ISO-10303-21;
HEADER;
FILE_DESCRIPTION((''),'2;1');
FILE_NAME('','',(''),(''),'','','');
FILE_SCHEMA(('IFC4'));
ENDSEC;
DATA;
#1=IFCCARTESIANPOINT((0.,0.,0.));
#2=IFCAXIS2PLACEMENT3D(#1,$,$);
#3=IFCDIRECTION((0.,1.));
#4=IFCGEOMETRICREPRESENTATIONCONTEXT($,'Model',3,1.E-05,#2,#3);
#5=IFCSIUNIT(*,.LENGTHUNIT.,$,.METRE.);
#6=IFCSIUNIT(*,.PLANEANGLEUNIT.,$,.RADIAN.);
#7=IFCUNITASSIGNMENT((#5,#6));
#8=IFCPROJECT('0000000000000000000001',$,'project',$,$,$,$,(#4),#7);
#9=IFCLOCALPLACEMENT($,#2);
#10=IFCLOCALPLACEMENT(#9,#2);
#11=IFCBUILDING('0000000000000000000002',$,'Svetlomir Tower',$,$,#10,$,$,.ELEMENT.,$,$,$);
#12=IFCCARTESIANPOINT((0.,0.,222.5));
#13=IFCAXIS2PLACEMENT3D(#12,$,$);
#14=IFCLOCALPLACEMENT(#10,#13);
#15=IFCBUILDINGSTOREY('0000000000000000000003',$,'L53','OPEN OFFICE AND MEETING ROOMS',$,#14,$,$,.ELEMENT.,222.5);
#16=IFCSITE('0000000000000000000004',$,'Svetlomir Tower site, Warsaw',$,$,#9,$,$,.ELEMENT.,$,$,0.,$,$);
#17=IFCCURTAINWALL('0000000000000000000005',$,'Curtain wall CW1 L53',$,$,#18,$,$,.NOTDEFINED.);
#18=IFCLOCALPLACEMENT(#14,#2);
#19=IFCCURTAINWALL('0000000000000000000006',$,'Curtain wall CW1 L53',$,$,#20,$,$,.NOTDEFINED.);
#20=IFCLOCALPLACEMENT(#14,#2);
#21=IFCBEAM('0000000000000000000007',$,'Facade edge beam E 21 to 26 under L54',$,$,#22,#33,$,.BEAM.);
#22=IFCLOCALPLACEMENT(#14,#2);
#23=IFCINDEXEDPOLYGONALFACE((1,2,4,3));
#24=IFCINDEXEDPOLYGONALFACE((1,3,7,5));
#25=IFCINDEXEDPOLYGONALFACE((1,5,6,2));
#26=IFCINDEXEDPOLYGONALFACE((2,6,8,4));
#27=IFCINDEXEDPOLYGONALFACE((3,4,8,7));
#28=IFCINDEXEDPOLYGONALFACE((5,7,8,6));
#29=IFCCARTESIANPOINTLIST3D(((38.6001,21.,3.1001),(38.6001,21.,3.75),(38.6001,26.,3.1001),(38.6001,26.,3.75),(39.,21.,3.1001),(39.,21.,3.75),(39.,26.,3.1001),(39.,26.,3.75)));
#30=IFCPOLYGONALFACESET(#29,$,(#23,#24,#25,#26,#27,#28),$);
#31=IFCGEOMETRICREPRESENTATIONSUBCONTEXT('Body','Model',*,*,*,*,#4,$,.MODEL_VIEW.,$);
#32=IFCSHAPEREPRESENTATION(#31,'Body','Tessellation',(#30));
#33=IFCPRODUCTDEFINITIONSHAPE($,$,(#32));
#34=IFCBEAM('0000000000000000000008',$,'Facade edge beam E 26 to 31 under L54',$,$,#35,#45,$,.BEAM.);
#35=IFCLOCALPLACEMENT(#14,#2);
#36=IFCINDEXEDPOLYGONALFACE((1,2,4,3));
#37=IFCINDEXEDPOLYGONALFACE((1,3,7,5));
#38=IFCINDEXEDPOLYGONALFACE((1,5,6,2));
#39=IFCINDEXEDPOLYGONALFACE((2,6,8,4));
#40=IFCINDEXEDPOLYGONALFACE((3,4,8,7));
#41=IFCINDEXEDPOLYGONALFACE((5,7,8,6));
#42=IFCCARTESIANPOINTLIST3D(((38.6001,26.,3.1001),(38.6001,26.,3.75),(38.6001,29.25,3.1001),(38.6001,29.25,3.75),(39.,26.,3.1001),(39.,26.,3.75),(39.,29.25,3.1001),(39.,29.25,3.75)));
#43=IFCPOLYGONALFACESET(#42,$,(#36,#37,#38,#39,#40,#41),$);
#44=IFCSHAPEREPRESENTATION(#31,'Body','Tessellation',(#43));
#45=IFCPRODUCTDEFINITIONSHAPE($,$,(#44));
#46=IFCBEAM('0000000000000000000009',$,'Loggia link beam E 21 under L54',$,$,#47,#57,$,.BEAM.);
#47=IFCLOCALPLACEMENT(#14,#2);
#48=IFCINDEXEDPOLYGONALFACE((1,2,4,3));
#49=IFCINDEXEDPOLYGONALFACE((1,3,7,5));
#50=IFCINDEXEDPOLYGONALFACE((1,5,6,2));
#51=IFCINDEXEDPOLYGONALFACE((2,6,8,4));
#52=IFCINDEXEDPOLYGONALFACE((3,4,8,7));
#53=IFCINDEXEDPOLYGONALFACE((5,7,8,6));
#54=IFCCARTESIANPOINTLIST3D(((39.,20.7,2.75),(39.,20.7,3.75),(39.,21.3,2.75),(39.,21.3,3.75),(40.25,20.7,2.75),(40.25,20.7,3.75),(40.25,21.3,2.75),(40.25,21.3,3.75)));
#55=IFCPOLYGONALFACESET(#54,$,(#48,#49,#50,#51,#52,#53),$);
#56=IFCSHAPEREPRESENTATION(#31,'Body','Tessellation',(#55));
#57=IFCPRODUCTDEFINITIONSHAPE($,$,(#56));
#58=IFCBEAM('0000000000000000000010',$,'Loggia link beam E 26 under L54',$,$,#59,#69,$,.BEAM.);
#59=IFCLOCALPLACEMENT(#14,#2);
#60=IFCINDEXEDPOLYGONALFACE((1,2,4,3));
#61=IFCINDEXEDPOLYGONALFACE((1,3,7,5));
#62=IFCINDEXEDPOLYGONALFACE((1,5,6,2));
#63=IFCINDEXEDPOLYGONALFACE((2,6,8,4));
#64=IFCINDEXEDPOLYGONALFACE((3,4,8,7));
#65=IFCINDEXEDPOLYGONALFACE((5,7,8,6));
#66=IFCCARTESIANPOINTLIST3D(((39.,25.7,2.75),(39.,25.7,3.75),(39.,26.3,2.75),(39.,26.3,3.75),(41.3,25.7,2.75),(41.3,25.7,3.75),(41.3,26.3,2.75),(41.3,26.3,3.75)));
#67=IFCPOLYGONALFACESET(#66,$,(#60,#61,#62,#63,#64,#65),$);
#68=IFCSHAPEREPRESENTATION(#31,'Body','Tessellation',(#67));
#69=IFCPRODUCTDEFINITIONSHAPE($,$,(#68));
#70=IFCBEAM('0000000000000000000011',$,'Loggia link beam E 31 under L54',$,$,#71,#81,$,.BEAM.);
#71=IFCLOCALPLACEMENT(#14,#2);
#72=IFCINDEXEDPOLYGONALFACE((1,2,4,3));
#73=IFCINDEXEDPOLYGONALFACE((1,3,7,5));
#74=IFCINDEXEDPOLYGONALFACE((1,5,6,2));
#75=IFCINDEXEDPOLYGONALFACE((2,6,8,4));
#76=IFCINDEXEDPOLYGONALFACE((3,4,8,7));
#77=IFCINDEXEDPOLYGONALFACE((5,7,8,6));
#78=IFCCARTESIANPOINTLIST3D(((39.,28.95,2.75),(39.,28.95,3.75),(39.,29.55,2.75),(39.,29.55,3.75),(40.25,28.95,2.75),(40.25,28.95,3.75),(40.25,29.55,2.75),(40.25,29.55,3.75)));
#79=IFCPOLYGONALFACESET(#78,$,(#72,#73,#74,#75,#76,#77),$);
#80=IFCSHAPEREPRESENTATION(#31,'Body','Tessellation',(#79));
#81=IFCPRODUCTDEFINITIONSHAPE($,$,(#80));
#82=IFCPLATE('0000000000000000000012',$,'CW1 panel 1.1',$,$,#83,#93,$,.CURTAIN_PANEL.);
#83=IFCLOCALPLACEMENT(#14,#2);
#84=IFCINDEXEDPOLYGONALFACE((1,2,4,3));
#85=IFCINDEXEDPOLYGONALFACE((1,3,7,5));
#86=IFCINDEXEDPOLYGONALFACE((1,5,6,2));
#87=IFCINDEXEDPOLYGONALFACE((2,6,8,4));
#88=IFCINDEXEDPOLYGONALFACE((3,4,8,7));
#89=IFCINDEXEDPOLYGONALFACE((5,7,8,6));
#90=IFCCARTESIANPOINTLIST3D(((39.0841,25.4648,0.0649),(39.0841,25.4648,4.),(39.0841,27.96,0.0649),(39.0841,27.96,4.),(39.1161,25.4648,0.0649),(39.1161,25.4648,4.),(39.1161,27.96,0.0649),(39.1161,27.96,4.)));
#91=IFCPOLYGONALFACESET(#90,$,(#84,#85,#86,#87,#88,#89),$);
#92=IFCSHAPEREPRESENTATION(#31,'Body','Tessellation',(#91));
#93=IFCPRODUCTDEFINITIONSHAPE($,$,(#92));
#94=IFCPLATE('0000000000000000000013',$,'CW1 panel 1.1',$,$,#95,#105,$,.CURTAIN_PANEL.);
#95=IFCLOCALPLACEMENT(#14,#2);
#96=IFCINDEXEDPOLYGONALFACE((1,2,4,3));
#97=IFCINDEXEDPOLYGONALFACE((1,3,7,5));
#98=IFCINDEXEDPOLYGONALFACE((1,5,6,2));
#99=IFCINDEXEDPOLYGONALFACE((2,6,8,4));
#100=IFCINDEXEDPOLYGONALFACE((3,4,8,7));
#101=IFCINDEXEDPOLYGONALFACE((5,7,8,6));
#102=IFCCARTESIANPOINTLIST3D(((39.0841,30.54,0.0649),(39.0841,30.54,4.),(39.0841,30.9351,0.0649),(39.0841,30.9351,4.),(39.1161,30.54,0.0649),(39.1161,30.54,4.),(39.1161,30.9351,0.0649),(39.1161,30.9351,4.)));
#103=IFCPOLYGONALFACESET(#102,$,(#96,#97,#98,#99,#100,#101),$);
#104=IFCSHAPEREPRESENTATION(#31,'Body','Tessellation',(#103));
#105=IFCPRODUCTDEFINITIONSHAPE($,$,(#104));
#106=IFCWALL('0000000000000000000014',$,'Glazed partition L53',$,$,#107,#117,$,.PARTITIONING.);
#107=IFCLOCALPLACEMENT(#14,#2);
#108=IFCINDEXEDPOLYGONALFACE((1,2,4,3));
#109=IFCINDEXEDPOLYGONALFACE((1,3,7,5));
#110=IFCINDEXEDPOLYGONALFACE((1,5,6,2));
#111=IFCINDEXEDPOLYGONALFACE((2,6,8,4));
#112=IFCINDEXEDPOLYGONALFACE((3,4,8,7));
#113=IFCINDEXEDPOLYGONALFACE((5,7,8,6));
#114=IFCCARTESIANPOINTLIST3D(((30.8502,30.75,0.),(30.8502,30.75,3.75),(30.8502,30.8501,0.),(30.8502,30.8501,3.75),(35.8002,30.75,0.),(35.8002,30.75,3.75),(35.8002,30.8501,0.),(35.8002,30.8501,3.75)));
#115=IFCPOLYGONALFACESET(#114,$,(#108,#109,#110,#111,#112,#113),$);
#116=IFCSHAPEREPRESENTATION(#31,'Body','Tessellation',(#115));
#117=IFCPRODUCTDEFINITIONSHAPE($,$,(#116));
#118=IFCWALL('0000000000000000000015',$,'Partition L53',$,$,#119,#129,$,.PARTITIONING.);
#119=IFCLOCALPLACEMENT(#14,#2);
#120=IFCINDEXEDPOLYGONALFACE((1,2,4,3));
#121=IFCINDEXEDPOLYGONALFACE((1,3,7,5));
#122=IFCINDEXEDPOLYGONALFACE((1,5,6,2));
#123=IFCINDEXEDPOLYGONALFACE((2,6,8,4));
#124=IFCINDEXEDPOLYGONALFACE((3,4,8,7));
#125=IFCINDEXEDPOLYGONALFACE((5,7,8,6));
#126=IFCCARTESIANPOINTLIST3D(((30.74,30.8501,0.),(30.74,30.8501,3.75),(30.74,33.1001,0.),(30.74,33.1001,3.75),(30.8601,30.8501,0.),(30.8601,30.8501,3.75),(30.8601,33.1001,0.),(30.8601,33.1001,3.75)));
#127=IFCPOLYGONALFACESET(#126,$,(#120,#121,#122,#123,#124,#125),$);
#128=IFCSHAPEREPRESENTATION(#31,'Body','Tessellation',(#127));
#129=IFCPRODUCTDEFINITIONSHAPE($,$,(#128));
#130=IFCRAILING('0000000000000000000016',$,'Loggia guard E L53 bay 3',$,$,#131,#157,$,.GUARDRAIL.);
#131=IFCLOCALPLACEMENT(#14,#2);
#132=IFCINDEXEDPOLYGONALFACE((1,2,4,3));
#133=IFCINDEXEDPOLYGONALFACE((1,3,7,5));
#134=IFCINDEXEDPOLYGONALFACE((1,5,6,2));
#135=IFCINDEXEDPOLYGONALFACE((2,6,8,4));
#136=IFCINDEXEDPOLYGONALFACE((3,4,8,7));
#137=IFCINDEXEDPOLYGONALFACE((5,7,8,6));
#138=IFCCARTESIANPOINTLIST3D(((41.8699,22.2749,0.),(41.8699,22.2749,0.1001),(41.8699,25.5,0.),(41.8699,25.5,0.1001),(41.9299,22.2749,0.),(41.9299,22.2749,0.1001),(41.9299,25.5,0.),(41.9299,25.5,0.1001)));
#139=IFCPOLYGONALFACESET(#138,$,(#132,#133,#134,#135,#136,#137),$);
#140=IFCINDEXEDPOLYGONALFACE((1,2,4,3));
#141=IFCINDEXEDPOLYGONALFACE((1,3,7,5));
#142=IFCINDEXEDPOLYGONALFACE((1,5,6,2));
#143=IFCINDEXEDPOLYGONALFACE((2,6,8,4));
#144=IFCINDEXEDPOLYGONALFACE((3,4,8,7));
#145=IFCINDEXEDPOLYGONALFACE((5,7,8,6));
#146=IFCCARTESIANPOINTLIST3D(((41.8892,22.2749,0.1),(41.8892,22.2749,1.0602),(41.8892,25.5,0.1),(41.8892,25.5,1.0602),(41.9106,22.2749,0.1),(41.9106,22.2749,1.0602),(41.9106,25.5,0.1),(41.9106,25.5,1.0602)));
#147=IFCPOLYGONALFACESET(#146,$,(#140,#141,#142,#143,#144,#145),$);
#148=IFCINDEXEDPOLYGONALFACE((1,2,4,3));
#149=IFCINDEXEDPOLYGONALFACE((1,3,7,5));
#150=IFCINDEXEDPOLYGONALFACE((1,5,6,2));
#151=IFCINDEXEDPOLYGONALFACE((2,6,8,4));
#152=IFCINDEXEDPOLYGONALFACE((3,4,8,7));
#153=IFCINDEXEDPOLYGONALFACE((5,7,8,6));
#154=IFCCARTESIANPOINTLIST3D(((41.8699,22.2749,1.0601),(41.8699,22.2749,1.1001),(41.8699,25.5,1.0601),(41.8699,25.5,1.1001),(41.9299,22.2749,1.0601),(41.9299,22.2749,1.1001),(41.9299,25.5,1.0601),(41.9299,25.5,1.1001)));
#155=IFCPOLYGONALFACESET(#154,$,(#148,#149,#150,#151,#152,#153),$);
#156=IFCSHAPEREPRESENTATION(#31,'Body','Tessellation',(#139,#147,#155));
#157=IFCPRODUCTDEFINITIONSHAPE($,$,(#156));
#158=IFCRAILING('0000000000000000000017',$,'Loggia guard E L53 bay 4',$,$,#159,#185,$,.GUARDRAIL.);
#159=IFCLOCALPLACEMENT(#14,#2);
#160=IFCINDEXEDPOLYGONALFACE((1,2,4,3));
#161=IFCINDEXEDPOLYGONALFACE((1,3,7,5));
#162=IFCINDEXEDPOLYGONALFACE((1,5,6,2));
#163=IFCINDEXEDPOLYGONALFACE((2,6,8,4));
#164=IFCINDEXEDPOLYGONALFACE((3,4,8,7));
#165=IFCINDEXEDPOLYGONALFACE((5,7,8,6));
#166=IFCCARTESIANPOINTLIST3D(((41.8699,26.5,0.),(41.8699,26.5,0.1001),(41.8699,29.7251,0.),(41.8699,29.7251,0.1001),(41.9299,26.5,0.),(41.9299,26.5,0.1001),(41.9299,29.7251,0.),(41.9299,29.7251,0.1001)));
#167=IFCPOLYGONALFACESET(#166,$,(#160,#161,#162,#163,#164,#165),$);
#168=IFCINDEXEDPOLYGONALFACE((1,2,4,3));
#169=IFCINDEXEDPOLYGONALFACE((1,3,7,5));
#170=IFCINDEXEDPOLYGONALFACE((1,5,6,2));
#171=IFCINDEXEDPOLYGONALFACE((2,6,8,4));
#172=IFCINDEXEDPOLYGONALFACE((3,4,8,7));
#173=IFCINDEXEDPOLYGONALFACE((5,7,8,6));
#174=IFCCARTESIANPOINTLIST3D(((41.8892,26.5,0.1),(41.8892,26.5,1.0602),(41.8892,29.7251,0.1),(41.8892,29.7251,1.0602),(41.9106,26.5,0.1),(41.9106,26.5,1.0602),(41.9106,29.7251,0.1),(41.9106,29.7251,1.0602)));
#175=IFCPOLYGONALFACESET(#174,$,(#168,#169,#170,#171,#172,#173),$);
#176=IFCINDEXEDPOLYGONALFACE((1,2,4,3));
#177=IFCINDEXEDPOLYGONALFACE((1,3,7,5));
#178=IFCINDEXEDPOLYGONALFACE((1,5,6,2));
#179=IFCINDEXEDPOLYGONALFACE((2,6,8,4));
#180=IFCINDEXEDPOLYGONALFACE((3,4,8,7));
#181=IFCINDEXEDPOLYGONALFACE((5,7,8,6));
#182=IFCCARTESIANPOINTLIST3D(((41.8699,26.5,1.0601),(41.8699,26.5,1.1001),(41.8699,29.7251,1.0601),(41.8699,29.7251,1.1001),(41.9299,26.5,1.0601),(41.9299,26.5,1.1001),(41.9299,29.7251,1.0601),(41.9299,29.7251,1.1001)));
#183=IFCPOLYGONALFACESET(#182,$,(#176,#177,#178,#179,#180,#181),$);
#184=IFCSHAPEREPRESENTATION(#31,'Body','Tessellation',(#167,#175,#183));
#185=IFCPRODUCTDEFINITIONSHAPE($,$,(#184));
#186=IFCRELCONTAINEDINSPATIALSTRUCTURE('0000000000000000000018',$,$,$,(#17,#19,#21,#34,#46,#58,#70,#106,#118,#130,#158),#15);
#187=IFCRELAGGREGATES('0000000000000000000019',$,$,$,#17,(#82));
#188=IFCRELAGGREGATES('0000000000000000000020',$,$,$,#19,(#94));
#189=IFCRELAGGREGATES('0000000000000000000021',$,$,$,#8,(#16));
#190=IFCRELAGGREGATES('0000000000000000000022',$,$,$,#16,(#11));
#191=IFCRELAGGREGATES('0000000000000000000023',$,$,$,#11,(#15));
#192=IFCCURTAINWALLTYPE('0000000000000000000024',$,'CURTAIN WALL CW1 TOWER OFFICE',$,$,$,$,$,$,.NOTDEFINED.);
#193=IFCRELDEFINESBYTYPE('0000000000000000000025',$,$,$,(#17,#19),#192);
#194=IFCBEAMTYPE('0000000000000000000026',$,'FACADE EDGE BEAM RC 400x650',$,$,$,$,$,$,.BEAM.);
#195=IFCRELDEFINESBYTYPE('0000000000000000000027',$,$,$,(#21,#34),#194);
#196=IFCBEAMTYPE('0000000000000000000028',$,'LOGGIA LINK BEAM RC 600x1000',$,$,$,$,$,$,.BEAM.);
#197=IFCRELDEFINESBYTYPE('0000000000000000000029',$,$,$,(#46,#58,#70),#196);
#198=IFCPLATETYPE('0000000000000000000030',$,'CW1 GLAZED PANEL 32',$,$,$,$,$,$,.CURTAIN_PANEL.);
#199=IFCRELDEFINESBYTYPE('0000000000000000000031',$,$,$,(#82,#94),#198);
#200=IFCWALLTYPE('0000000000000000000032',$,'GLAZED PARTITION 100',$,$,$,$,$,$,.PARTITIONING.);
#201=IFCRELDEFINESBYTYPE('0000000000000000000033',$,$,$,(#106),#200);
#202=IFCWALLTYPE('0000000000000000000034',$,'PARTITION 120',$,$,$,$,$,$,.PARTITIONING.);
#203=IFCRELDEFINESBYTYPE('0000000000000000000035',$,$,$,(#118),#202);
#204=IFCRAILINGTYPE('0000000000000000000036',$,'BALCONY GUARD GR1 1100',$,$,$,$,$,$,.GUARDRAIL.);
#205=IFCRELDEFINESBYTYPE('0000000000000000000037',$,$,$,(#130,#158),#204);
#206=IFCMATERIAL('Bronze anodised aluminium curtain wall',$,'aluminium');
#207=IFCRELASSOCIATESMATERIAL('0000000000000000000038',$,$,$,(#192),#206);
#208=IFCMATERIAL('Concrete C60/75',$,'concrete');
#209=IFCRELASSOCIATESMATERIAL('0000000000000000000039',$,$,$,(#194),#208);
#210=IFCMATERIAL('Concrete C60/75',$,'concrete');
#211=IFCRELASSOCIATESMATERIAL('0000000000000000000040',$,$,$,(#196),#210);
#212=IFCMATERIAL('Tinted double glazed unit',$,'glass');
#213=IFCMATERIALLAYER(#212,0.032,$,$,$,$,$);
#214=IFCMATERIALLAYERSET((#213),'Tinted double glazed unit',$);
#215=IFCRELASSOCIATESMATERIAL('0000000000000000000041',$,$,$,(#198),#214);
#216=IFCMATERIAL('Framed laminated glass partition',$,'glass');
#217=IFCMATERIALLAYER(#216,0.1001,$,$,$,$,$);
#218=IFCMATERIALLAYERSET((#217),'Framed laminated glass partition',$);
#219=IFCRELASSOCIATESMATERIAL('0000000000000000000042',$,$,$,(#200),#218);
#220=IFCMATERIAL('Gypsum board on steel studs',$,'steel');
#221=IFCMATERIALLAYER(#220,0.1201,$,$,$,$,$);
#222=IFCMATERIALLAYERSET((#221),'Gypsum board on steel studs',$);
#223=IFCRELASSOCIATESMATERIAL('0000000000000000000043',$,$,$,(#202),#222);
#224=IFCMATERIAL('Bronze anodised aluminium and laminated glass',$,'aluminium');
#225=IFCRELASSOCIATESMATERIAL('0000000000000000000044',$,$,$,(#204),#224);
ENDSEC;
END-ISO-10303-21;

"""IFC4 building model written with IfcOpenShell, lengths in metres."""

from ifc_helpers import new_model, si_unit, direction, frame, frame_2d, origin, origin_2d, place, context, subcontext, project, spatial, rectangle, extrude, material, layer, layer_set, material_profile, profile_set, type_object, element, aggregate, save


model = new_model("IFC4")

# Units and contexts
model_context = context("Model", 3, precision=1e-05, world=origin(), true_north=direction((0.0, 1.0)))
body_context = subcontext(model_context, "Body", "Model", "MODEL_VIEW")
ifc_project = project(units=[si_unit("LENGTHUNIT", "METRE"), si_unit("PLANEANGLEUNIT", "RADIAN")], contexts=[model_context])

# Site, building, storey
site_placement = place(None, origin())
site = spatial("IfcSite", under=ifc_project, at=site_placement, Name="Svetlomir Tower site, Warsaw", CompositionType="ELEMENT", RefElevation=0.0)
building_placement = place(site_placement, origin())
building = spatial("IfcBuilding", under=site, at=building_placement, Name="Svetlomir Tower", CompositionType="ELEMENT")
storey_placement = place(building_placement, frame((0.0, 0.0, 222.5)))
storey = spatial("IfcBuildingStorey", under=building, at=storey_placement, Name="L53", Description="OPEN OFFICE AND MEETING ROOMS", CompositionType="ELEMENT", Elevation=222.5)

# Curtain walls
ifc_material_1 = material(Name="Bronze anodised aluminium curtain wall", Category="aluminium")
curtain_wall_type = type_object("IfcCurtainWallType", Name="CURTAIN WALL CW1 TOWER OFFICE", PredefinedType="NOTDEFINED", material=ifc_material_1)
curtain_wall_1_placement = place(storey_placement, origin())
curtain_wall_1 = element("IfcCurtainWall", 1, at=curtain_wall_1_placement, inside=storey, type_object=curtain_wall_type, Name="Curtain wall CW1 L53", PredefinedType="NOTDEFINED")
curtain_wall_2_placement = place(storey_placement, origin())
curtain_wall_2 = element("IfcCurtainWall", 2, at=curtain_wall_2_placement, inside=storey, type_object=curtain_wall_type, Name="Curtain wall CW1 L53", PredefinedType="NOTDEFINED")

# Beams
ifc_material_2 = material(Name="Concrete C60/75", Category="concrete")
ifc_material_profile_1 = material_profile(ifc_material_2, rectangle(XDim=0.3999, YDim=0.6499, at=origin_2d()), Name="RC 400x650")
ifc_profile_set_1 = profile_set([ifc_material_profile_1], Name="Concrete C60/75")
beam_type_1 = type_object("IfcBeamType", Name="FACADE EDGE BEAM RC 400x650", PredefinedType="BEAM", material=ifc_profile_set_1)
beam_1_placement = place(storey_placement, frame((38.8, 21.0, 3.425), z_axis=(0.0, 1.0, 0.0), x_axis=(-1.0, 0.0, 0.0)))
element("IfcBeam", 3, at=beam_1_placement, inside=storey, type_object=beam_type_1, Name="Facade edge beam E 21 to 26 under L54", PredefinedType="BEAM", context=body_context, shape_type="SweptSolid", body=[
    extrude(rectangle(XDim=0.3999, YDim=0.6499, at=origin_2d()), origin(), (0.0, 0.0, 1.0), 5.0),
])
beam_2_placement = place(storey_placement, frame((38.8, 26.0, 3.425), z_axis=(0.0, 1.0, 0.0), x_axis=(-1.0, 0.0, 0.0)))
element("IfcBeam", 4, at=beam_2_placement, inside=storey, type_object=beam_type_1, Name="Facade edge beam E 26 to 31 under L54", PredefinedType="BEAM", context=body_context, shape_type="SweptSolid", body=[
    extrude(rectangle(XDim=0.3999, YDim=0.6499, at=origin_2d()), origin(), (0.0, 0.0, 1.0), 3.25),
])
ifc_material_3 = material(Name="Concrete C60/75", Category="concrete")
ifc_material_profile_2 = material_profile(ifc_material_3, rectangle(XDim=0.6001, YDim=1.0, at=origin_2d()), Name="RC 600x1000")
ifc_profile_set_2 = profile_set([ifc_material_profile_2], Name="Concrete C60/75")
beam_type_2 = type_object("IfcBeamType", Name="LOGGIA LINK BEAM RC 600x1000", PredefinedType="BEAM", material=ifc_profile_set_2)
beam_3_placement = place(storey_placement, frame((40.25, 21.0, 3.25), z_axis=(-1.0, 0.0, 0.0), x_axis=(0.0, -1.0, 0.0)))
element("IfcBeam", 5, at=beam_3_placement, inside=storey, type_object=beam_type_2, Name="Loggia link beam E 21 under L54", PredefinedType="BEAM", context=body_context, shape_type="SweptSolid", body=[
    extrude(rectangle(XDim=0.6001, YDim=1.0, at=origin_2d()), origin(), (0.0, 0.0, 1.0), 1.25),
])
beam_4_placement = place(storey_placement, frame((41.3, 26.0, 3.25), z_axis=(-1.0, 0.0, 0.0), x_axis=(0.0, -1.0, 0.0)))
element("IfcBeam", 6, at=beam_4_placement, inside=storey, type_object=beam_type_2, Name="Loggia link beam E 26 under L54", PredefinedType="BEAM", context=body_context, shape_type="SweptSolid", body=[
    extrude(rectangle(XDim=0.6001, YDim=1.0, at=origin_2d()), origin(), (0.0, 0.0, 1.0), 2.3),
])
beam_5_placement = place(storey_placement, frame((40.25, 29.25, 3.25), z_axis=(-1.0, 0.0, 0.0), x_axis=(0.0, -1.0, 0.0)))
element("IfcBeam", 7, at=beam_5_placement, inside=storey, type_object=beam_type_2, Name="Loggia link beam E 31 under L54", PredefinedType="BEAM", context=body_context, shape_type="SweptSolid", body=[
    extrude(rectangle(XDim=0.6001, YDim=1.0, at=origin_2d()), origin(), (0.0, 0.0, 1.0), 1.25),
])

# Plates
ifc_material_4 = material(Name="Tinted double glazed unit", Category="glass")
ifc_layer_1 = layer(ifc_material_4, 0.032)
ifc_layer_set_1 = layer_set([ifc_layer_1], Name="Tinted double glazed unit")
plate_type = type_object("IfcPlateType", Name="CW1 GLAZED PANEL 32", PredefinedType="CURTAIN_PANEL", material=ifc_layer_set_1)
plate_1_placement = place(storey_placement, frame((39.1001, 26.7124, 0.0649), z_axis=(0.0, 0.0, 1.0), x_axis=(0.0, 1.0, 0.0)))
plate_1 = element("IfcPlate", 8, at=plate_1_placement, type_object=plate_type, Name="CW1 panel 1.1", PredefinedType="CURTAIN_PANEL", context=body_context, shape_type="SweptSolid", body=[
    extrude(rectangle(XDim=2.4951, YDim=0.032, at=origin_2d()), origin(), (0.0, 0.0, 1.0), 3.9351),
])
aggregate(curtain_wall_1, [plate_1])
plate_2_placement = place(storey_placement, frame((39.1001, 30.7375, 0.0649), z_axis=(0.0, 0.0, 1.0), x_axis=(0.0, 1.0, 0.0)))
plate_2 = element("IfcPlate", 9, at=plate_2_placement, type_object=plate_type, Name="CW1 panel 1.1", PredefinedType="CURTAIN_PANEL", context=body_context, shape_type="SweptSolid", body=[
    extrude(rectangle(XDim=0.395, YDim=0.032, at=origin_2d()), origin(), (0.0, 0.0, 1.0), 3.9351),
])
aggregate(curtain_wall_2, [plate_2])

# Walls
ifc_material_5 = material(Name="Framed laminated glass partition", Category="glass")
ifc_layer_2 = layer(ifc_material_5, 0.1001)
ifc_layer_set_2 = layer_set([ifc_layer_2], Name="Framed laminated glass partition")
wall_type_1 = type_object("IfcWallType", Name="GLAZED PARTITION 100", PredefinedType="PARTITIONING", material=ifc_layer_set_2)
wall_1_placement = place(storey_placement, frame((30.8501, 30.8, 0.0), z_axis=(0.0, 0.0, 1.0), x_axis=(1.0, 0.0, 0.0)))
element("IfcWall", 10, at=wall_1_placement, inside=storey, type_object=wall_type_1, Name="Glazed partition L53", PredefinedType="PARTITIONING", context=body_context, shape_type="SweptSolid", body=[
    extrude(rectangle(XDim=4.95, YDim=0.1001, at=frame_2d((2.4751, 0.0))), origin(), (0.0, 0.0, 1.0), 3.75),
])
ifc_material_6 = material(Name="Gypsum board on steel studs", Category="steel")
ifc_layer_3 = layer(ifc_material_6, 0.1201)
ifc_layer_set_3 = layer_set([ifc_layer_3], Name="Gypsum board on steel studs")
wall_type_2 = type_object("IfcWallType", Name="PARTITION 120", PredefinedType="PARTITIONING", material=ifc_layer_set_3)
wall_2_placement = place(storey_placement, frame((30.8, 30.8501, 0.0), z_axis=(0.0, 0.0, 1.0), x_axis=(0.0, 1.0, 0.0)))
element("IfcWall", 11, at=wall_2_placement, inside=storey, type_object=wall_type_2, Name="Partition L53", PredefinedType="PARTITIONING", context=body_context, shape_type="SweptSolid", body=[
    extrude(rectangle(XDim=2.25, YDim=0.1201, at=frame_2d((1.125, 0.0))), origin(), (0.0, 0.0, 1.0), 3.75),
])

# Railings
ifc_material_7 = material(Name="Bronze anodised aluminium and laminated glass", Category="aluminium")
railing_type_1 = type_object("IfcRailingType", Name="BALCONY GUARD GR1 1100", PredefinedType="GUARDRAIL", material=ifc_material_7)
for number, where, name in (
    (12, (41.8999, 22.2749, 0.0), "Loggia guard E L53 bay 3"),
    (13, (41.8999, 26.5, 0.0), "Loggia guard E L53 bay 4"),
):
    element("IfcRailing", number, at=place(storey_placement, frame(where)), inside=storey, type_object=railing_type_1, Name=name, PredefinedType="GUARDRAIL", context=body_context, shape_type="SweptSolid", body=[
        extrude(rectangle(XDim=0.0601, YDim=0.1001, at=origin_2d()), frame((0.0, 0.0, 0.05), z_axis=(0.0, 1.0, 0.0), x_axis=(-1.0, 0.0, 0.0)), (0.0, 0.0, 1.0), 3.2251),
        extrude(rectangle(XDim=0.0215, YDim=0.9602, at=origin_2d()), frame((0.0, 0.0, 0.5801), z_axis=(0.0, 1.0, 0.0), x_axis=(-1.0, 0.0, 0.0)), (0.0, 0.0, 1.0), 3.2251),
        extrude(rectangle(XDim=0.0601, YDim=0.04, at=origin_2d()), frame((0.0, 0.0, 1.0801), z_axis=(0.0, 1.0, 0.0), x_axis=(-1.0, 0.0, 0.0)), (0.0, 0.0, 1.0), 3.2251),
    ])

save(model, "model.ifc")
